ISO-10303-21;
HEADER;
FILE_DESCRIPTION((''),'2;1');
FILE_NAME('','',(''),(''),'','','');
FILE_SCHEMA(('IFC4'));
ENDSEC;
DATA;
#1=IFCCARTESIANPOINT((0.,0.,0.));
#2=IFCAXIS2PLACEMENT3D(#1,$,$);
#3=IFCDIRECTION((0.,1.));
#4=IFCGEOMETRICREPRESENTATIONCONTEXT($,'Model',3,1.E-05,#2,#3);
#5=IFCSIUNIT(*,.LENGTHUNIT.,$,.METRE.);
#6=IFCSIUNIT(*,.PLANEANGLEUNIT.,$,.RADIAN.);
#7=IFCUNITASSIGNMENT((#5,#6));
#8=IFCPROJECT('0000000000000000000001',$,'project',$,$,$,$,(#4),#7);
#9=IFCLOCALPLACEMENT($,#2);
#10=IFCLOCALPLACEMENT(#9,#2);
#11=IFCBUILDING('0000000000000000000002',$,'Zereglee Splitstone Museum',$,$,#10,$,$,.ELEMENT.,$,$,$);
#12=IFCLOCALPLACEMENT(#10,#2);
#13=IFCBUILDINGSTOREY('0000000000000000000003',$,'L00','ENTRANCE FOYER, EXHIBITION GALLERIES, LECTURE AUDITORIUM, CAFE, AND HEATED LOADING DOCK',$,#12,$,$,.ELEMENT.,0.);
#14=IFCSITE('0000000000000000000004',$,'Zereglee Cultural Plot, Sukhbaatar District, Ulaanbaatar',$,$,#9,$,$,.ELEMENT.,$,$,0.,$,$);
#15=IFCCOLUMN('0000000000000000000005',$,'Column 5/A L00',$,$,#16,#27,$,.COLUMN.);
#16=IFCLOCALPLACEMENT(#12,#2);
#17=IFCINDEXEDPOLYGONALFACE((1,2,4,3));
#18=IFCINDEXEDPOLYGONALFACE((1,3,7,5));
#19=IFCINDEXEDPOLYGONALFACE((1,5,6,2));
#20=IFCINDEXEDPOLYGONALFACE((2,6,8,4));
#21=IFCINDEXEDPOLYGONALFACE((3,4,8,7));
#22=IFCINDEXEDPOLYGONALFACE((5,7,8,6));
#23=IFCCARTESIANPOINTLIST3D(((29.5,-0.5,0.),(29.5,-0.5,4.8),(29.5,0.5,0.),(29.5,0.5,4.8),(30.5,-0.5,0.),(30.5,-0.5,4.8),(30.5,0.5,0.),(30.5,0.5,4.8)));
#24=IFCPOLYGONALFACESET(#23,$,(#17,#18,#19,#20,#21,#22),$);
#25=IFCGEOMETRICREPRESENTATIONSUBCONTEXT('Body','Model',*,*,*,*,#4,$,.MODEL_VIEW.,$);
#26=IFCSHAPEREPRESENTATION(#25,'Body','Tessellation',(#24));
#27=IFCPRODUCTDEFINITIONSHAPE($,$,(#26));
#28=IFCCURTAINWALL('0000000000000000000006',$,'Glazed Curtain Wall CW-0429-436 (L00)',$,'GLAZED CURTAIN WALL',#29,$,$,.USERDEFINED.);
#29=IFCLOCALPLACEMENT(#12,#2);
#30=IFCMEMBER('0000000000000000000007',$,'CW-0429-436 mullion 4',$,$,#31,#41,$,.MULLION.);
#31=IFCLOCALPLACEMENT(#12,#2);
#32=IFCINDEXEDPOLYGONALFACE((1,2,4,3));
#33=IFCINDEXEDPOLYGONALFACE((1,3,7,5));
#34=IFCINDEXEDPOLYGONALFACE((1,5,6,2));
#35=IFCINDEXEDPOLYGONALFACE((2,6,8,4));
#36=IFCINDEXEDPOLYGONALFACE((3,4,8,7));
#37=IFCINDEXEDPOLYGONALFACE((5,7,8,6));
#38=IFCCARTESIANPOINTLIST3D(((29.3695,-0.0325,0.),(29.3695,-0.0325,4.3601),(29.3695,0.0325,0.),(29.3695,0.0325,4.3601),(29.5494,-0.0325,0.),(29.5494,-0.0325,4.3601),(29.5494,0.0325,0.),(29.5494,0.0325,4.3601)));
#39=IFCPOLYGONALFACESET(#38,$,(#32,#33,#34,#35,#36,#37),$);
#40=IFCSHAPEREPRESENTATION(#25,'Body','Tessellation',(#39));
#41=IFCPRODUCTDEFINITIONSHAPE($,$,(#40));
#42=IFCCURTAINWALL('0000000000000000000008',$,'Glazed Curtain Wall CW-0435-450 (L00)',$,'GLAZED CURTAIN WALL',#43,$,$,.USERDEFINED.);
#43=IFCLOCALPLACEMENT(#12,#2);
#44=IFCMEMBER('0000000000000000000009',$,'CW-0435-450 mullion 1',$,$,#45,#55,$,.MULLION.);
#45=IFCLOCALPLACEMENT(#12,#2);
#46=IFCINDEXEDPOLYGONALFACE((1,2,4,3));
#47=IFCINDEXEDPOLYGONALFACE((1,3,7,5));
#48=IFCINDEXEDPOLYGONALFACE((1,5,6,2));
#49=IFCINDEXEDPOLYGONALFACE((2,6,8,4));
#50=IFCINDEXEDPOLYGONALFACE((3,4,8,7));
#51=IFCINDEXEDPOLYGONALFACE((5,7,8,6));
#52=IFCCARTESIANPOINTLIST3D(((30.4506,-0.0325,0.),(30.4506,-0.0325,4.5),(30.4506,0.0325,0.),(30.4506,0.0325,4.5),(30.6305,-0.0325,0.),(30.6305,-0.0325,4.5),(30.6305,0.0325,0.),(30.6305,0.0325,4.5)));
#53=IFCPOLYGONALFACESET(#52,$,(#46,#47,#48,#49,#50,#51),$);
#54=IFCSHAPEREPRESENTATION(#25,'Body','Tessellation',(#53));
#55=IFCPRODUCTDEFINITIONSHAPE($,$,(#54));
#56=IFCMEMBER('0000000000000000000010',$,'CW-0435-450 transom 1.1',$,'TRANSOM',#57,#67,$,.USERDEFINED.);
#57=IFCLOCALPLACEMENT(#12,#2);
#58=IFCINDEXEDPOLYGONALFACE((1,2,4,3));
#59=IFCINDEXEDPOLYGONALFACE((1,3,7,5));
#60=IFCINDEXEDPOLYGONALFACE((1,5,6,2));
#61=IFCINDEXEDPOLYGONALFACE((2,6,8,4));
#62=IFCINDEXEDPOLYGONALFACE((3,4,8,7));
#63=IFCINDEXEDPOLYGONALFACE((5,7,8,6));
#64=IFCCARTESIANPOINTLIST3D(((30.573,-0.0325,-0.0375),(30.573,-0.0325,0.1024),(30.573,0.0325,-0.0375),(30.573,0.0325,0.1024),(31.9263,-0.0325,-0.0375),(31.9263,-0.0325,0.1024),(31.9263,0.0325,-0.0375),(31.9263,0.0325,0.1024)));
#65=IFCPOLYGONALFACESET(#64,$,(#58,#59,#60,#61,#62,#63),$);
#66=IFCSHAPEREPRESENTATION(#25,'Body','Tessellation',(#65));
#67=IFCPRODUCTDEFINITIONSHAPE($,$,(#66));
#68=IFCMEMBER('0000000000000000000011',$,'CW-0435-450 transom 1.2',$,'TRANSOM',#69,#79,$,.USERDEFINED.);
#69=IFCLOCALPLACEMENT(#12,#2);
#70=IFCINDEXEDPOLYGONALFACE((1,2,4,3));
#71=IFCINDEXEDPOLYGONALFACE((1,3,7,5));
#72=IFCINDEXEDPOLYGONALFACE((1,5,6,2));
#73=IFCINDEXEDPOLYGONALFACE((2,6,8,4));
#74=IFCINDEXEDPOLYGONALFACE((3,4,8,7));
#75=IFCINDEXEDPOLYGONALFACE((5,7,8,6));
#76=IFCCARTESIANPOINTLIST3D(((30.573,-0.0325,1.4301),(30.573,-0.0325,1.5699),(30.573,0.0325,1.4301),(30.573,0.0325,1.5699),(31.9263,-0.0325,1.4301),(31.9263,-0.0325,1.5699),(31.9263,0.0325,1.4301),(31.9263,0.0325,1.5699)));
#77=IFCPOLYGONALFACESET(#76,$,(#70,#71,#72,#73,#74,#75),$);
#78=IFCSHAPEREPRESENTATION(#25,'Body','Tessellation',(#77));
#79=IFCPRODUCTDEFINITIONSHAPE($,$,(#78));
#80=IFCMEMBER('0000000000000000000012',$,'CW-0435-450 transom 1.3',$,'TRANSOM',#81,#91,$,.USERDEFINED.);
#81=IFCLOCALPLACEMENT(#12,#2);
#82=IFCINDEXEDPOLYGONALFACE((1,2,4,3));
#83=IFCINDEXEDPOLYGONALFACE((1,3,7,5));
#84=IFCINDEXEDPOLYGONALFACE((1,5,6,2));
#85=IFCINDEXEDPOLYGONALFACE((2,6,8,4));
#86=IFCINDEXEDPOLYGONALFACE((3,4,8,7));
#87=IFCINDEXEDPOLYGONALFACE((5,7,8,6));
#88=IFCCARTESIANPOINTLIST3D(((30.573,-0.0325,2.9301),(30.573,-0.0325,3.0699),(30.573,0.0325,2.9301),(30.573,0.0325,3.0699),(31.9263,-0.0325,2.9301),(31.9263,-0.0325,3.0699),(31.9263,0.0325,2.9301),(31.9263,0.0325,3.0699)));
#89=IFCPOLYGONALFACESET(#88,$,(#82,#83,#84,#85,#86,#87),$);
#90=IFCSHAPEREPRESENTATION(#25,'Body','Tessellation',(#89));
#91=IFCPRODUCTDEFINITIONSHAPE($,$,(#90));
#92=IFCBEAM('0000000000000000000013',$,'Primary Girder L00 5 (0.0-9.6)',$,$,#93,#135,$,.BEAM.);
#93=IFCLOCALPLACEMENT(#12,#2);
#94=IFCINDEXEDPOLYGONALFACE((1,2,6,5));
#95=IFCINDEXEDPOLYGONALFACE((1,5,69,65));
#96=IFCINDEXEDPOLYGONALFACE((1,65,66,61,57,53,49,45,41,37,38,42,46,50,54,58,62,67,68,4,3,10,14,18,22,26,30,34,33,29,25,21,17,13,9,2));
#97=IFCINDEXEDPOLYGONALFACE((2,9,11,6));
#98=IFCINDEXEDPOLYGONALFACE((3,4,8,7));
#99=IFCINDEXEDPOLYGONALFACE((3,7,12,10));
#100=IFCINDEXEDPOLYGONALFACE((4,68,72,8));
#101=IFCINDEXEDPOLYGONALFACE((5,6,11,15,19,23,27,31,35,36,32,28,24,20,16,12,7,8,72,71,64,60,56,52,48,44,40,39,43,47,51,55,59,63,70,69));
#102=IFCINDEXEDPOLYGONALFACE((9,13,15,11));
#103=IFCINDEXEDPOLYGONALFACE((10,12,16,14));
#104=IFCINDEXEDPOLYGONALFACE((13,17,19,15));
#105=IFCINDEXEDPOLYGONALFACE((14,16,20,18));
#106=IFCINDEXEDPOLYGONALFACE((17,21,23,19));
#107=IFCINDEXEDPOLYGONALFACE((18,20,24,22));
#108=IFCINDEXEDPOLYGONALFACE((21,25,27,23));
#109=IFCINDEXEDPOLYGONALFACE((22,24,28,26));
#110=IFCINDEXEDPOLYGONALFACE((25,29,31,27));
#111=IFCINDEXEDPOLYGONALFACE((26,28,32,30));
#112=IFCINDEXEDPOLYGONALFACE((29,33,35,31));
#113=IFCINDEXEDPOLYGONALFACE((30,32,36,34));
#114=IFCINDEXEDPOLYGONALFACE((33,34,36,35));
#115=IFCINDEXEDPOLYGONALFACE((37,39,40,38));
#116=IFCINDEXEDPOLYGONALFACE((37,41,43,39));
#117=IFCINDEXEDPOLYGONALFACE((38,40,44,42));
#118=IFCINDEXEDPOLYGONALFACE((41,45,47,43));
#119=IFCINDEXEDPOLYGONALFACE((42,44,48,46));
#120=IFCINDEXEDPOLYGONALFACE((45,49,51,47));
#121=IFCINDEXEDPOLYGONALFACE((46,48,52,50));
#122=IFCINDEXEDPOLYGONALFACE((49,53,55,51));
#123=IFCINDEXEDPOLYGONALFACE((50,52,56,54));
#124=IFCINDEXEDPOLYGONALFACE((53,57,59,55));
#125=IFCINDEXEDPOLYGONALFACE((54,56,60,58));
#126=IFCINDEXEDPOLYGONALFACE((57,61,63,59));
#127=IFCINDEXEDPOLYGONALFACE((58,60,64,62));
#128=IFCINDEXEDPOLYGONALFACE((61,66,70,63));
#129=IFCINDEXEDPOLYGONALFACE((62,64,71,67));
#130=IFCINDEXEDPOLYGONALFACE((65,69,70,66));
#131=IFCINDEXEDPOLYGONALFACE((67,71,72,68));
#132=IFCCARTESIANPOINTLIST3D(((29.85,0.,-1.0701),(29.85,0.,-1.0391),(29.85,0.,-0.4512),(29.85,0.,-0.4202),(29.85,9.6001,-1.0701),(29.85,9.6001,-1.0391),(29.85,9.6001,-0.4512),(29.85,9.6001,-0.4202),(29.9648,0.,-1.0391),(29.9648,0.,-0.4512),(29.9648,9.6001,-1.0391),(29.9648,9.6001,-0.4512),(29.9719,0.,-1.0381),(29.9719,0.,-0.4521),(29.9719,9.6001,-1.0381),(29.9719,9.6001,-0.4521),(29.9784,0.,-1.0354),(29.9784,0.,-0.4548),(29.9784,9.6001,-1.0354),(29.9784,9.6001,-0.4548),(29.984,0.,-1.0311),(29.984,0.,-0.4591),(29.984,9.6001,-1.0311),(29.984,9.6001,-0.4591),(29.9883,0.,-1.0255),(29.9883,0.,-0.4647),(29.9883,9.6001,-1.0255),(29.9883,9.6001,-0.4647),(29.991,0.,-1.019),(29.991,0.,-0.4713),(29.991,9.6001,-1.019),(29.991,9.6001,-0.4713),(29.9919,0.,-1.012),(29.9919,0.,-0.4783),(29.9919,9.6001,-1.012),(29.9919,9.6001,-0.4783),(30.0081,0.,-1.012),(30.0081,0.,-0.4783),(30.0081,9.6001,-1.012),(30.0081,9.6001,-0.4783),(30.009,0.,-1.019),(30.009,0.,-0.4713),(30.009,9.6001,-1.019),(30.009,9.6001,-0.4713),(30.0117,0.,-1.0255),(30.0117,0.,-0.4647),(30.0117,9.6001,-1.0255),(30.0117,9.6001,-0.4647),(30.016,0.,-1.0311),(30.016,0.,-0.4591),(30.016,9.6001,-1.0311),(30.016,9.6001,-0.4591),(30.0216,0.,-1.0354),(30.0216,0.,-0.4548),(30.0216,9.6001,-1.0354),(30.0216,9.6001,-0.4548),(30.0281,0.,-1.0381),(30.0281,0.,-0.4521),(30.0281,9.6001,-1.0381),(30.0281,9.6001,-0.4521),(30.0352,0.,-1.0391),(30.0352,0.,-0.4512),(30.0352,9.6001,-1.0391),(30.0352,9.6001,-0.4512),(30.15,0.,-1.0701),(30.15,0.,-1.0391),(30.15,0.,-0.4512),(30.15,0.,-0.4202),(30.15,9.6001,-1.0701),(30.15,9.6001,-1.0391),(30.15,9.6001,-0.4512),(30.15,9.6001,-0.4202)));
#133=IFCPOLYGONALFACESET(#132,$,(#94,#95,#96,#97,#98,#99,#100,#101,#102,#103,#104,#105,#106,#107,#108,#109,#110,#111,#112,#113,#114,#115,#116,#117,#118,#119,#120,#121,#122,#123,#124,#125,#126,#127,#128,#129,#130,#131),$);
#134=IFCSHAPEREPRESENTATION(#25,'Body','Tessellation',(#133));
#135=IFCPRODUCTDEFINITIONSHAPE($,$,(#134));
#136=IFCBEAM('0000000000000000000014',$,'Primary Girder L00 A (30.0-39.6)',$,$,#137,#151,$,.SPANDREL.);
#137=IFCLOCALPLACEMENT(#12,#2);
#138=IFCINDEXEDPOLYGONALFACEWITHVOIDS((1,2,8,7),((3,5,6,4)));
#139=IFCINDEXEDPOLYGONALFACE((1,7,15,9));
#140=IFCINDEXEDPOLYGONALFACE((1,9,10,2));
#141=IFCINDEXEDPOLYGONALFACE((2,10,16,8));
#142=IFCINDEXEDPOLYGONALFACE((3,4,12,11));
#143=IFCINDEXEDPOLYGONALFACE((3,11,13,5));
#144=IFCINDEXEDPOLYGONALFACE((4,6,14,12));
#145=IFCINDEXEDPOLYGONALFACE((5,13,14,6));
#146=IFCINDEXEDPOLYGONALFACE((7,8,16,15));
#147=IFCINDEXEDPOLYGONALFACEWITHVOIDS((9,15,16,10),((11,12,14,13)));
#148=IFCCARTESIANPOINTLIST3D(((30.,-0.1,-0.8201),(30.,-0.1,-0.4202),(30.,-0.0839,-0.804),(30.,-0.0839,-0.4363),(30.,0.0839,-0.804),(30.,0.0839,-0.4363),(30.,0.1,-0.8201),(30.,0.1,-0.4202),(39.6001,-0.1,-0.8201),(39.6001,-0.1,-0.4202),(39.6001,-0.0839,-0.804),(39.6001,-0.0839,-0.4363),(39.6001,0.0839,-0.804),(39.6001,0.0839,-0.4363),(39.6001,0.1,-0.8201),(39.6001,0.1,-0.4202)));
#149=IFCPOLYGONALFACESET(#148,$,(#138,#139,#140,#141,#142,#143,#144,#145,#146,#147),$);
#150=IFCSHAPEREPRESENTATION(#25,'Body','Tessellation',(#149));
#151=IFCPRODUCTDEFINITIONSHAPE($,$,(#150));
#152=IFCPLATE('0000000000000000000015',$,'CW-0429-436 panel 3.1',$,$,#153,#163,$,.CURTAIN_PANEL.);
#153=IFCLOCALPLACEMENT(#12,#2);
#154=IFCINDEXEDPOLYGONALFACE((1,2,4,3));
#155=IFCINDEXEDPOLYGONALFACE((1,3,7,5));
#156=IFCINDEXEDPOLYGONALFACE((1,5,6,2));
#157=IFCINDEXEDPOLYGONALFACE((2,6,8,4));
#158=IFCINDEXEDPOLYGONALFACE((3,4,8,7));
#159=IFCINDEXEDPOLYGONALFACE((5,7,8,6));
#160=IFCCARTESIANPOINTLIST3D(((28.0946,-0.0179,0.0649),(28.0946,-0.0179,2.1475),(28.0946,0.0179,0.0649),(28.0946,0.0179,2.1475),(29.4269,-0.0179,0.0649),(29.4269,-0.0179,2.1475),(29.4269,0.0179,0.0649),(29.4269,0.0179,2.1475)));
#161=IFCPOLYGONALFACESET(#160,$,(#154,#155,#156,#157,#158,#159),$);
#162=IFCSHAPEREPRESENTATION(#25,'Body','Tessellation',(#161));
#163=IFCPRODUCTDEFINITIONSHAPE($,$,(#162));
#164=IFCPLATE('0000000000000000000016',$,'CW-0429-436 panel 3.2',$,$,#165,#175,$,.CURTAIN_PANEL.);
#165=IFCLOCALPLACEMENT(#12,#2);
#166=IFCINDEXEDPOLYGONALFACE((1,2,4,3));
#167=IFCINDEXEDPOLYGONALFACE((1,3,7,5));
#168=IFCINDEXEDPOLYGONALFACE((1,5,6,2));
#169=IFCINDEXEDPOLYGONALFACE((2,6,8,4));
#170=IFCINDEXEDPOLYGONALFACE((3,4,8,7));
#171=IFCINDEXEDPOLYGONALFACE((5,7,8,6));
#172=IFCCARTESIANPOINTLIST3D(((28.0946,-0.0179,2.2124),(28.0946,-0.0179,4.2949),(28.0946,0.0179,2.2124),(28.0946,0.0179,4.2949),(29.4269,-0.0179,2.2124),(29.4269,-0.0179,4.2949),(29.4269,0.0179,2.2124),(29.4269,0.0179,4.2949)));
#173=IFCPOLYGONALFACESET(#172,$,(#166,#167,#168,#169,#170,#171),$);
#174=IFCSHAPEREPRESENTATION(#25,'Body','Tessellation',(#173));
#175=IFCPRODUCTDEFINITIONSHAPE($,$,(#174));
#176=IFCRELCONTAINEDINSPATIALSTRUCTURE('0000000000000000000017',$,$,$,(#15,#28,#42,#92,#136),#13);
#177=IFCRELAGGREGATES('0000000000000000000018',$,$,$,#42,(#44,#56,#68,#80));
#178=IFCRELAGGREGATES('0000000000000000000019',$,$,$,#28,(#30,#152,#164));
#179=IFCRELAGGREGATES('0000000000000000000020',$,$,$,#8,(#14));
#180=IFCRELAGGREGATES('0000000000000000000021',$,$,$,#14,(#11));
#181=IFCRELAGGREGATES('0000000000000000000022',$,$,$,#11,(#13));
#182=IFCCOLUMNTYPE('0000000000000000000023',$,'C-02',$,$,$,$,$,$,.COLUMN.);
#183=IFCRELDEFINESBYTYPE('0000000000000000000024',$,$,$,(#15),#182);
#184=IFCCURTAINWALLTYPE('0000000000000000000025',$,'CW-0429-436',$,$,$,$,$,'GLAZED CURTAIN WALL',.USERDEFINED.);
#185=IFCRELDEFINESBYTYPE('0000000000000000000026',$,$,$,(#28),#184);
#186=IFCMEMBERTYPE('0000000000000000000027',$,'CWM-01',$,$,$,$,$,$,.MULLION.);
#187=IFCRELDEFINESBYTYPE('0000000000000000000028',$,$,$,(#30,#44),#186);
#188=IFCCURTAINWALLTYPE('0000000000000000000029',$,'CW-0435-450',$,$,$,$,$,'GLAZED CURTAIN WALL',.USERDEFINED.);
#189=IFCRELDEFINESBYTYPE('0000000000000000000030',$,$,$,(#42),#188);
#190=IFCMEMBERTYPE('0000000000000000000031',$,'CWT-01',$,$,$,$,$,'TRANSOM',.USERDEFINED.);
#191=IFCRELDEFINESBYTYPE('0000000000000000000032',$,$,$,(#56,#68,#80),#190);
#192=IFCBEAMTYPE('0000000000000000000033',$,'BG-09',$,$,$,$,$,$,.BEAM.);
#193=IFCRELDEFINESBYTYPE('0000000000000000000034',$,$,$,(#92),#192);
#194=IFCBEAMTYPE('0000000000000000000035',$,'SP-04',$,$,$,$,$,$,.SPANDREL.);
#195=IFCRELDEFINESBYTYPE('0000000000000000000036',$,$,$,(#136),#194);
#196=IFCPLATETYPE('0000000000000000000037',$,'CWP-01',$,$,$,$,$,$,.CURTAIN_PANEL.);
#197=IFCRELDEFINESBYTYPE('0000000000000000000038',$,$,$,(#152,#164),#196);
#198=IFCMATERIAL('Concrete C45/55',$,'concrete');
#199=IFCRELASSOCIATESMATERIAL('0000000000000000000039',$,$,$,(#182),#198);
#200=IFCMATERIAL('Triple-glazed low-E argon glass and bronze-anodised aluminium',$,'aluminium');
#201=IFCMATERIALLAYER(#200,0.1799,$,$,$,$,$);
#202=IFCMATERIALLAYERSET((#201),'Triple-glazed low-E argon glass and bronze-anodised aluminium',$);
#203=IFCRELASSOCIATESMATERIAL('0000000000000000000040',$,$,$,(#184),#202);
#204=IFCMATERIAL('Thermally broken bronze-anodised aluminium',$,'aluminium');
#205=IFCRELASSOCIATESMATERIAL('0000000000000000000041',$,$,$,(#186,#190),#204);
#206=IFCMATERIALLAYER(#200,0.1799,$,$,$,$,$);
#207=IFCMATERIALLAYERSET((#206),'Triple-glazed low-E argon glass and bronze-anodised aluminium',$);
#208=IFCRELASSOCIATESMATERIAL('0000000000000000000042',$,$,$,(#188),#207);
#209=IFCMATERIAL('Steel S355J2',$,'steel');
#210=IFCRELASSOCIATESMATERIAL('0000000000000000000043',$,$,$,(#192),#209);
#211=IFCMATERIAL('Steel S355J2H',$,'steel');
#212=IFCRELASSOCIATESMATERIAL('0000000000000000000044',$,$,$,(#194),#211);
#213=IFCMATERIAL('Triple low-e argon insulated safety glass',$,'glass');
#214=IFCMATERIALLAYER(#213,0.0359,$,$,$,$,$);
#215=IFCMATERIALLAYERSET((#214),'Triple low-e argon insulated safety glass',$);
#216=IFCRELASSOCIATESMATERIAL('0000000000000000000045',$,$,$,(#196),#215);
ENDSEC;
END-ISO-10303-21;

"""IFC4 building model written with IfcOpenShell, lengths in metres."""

from ifc_helpers import new_model, si_unit, direction, frame, origin, origin_2d, place, context, subcontext, project, spatial, rectangle, hollow_rectangle, i_section, extrude, material, layer, layer_set, material_profile, profile_set, type_object, element, aggregate, save


model = new_model("IFC4")

# Units and contexts
model_context = context("Model", 3, precision=1e-05, world=origin(), true_north=direction((0.0, 1.0)))
body_context = subcontext(model_context, "Body", "Model", "MODEL_VIEW")
ifc_project = project(units=[si_unit("LENGTHUNIT", "METRE"), si_unit("PLANEANGLEUNIT", "RADIAN")], contexts=[model_context])

# Site, building, storey
site_placement = place(None, origin())
site = spatial("IfcSite", under=ifc_project, at=site_placement, Name="Zereglee Cultural Plot, Sukhbaatar District, Ulaanbaatar", CompositionType="ELEMENT", RefElevation=0.0)
building_placement = place(site_placement, origin())
building = spatial("IfcBuilding", under=site, at=building_placement, Name="Zereglee Splitstone Museum", CompositionType="ELEMENT")
storey_placement = place(building_placement, origin())
storey = spatial("IfcBuildingStorey", under=building, at=storey_placement, Name="L00", Description="ENTRANCE FOYER, EXHIBITION GALLERIES, LECTURE AUDITORIUM, CAFE, AND HEATED LOADING DOCK", CompositionType="ELEMENT", Elevation=0.0)

# Column
ifc_material_1 = material(Name="Concrete C45/55", Category="concrete")
ifc_material_profile_1 = material_profile(ifc_material_1, rectangle(XDim=1.0, YDim=1.0, at=origin_2d()), Name="RC 1000x1000")
ifc_profile_set_1 = profile_set([ifc_material_profile_1], Name="Concrete C45/55")
column_type = type_object("IfcColumnType", Name="C-02", PredefinedType="COLUMN", material=ifc_profile_set_1)
column_placement = place(storey_placement, frame((30.0, 0.0, 0.0), z_axis=(0.0, 0.0, 1.0), x_axis=(1.0, 0.0, 0.0)))
element("IfcColumn", 1, at=column_placement, inside=storey, type_object=column_type, Name="Column 5/A L00", PredefinedType="COLUMN", context=body_context, shape_type="SweptSolid", body=[
    extrude(rectangle(XDim=1.0, YDim=1.0, at=origin_2d()), origin(), (0.0, 0.0, 1.0), 4.8),
])

# Curtain wall, member
ifc_material_2 = material(Name="Triple-glazed low-E argon glass and bronze-anodised aluminium", Category="aluminium")
ifc_layer_1 = layer(ifc_material_2, 0.1799)
ifc_layer_set_1 = layer_set([ifc_layer_1], Name="Triple-glazed low-E argon glass and bronze-anodised aluminium")
curtain_wall_type_1 = type_object("IfcCurtainWallType", Name="CW-0429-436", ElementType="GLAZED CURTAIN WALL", PredefinedType="USERDEFINED", material=ifc_layer_set_1)
curtain_wall_1_placement = place(storey_placement, origin())
curtain_wall_1 = element("IfcCurtainWall", 2, at=curtain_wall_1_placement, inside=storey, type_object=curtain_wall_type_1, Name="Glazed Curtain Wall CW-0429-436 (L00)", ObjectType="GLAZED CURTAIN WALL", PredefinedType="USERDEFINED")
ifc_material_3 = material(Name="Thermally broken bronze-anodised aluminium", Category="aluminium")
ifc_material_profile_2 = material_profile(ifc_material_3, rectangle(XDim=0.0649, YDim=0.1799, at=origin_2d()), Name="CW MULL 65x180")
ifc_profile_set_2 = profile_set([ifc_material_profile_2], Name="Thermally broken bronze-anodised aluminium")
member_type_1 = type_object("IfcMemberType", Name="CWM-01", PredefinedType="MULLION", material=ifc_profile_set_2)
member_1_placement = place(storey_placement, frame((29.4595, 0.0, 0.0), z_axis=(0.0, 0.0, 1.0), x_axis=(0.0, 1.0, 0.0)))
member_1 = element("IfcMember", 3, at=member_1_placement, type_object=member_type_1, Name="CW-0429-436 mullion 4", PredefinedType="MULLION", context=body_context, shape_type="SweptSolid", body=[
    extrude(rectangle(XDim=0.0649, YDim=0.1799, at=origin_2d()), origin(), (0.0, 0.0, 1.0), 4.3601),
])

# Curtain wall, members
ifc_layer_2 = layer(ifc_material_2, 0.1799)
ifc_layer_set_2 = layer_set([ifc_layer_2], Name="Triple-glazed low-E argon glass and bronze-anodised aluminium")
curtain_wall_type_2 = type_object("IfcCurtainWallType", Name="CW-0435-450", ElementType="GLAZED CURTAIN WALL", PredefinedType="USERDEFINED", material=ifc_layer_set_2)
curtain_wall_2_placement = place(storey_placement, origin())
curtain_wall_2 = element("IfcCurtainWall", 4, at=curtain_wall_2_placement, inside=storey, type_object=curtain_wall_type_2, Name="Glazed Curtain Wall CW-0435-450 (L00)", ObjectType="GLAZED CURTAIN WALL", PredefinedType="USERDEFINED")
member_2_placement = place(storey_placement, frame((30.5405, 0.0, 0.0), z_axis=(0.0, 0.0, 1.0), x_axis=(0.0, 1.0, 0.0)))
member_2 = element("IfcMember", 5, at=member_2_placement, type_object=member_type_1, Name="CW-0435-450 mullion 1", PredefinedType="MULLION", context=body_context, shape_type="SweptSolid", body=[
    extrude(rectangle(XDim=0.0649, YDim=0.1799, at=origin_2d()), origin(), (0.0, 0.0, 1.0), 4.5),
])
ifc_material_profile_3 = material_profile(ifc_material_3, rectangle(XDim=0.0649, YDim=0.1399, at=origin_2d()), Name="CW TRAN 65x140")
ifc_profile_set_3 = profile_set([ifc_material_profile_3], Name="Thermally broken bronze-anodised aluminium")
member_type_2 = type_object("IfcMemberType", Name="CWT-01", ElementType="TRANSOM", PredefinedType="USERDEFINED", material=ifc_profile_set_3)
member_3_placement = place(storey_placement, frame((30.573, 0.0, 0.0325), z_axis=(1.0, 0.0, 0.0), x_axis=(0.0, 1.0, 0.0)))
member_3 = element("IfcMember", 6, at=member_3_placement, type_object=member_type_2, Name="CW-0435-450 transom 1.1", ObjectType="TRANSOM", PredefinedType="USERDEFINED", context=body_context, shape_type="SweptSolid", body=[
    extrude(rectangle(XDim=0.0649, YDim=0.1399, at=origin_2d()), origin(), (0.0, 0.0, 1.0), 1.3533),
])
member_4_placement = place(storey_placement, frame((30.573, 0.0, 1.5), z_axis=(1.0, 0.0, 0.0), x_axis=(0.0, 1.0, 0.0)))
member_4 = element("IfcMember", 7, at=member_4_placement, type_object=member_type_2, Name="CW-0435-450 transom 1.2", ObjectType="TRANSOM", PredefinedType="USERDEFINED", context=body_context, shape_type="SweptSolid", body=[
    extrude(rectangle(XDim=0.0649, YDim=0.1399, at=origin_2d()), origin(), (0.0, 0.0, 1.0), 1.3533),
])
member_5_placement = place(storey_placement, frame((30.573, 0.0, 3.0), z_axis=(1.0, 0.0, 0.0), x_axis=(0.0, 1.0, 0.0)))
member_5 = element("IfcMember", 8, at=member_5_placement, type_object=member_type_2, Name="CW-0435-450 transom 1.3", ObjectType="TRANSOM", PredefinedType="USERDEFINED", context=body_context, shape_type="SweptSolid", body=[
    extrude(rectangle(XDim=0.0649, YDim=0.1399, at=origin_2d()), origin(), (0.0, 0.0, 1.0), 1.3533),
])
aggregate(curtain_wall_2, [member_2, member_3, member_4, member_5])

# Beams
ifc_material_4 = material(Name="Steel S355J2", Category="steel")
ifc_material_profile_4 = material_profile(ifc_material_4, i_section(OverallWidth=0.3, OverallDepth=0.6499, WebThickness=0.0161, FlangeThickness=0.031, FilletRadius=0.0271, at=origin_2d()), Name="HE 650 B")
ifc_profile_set_4 = profile_set([ifc_material_profile_4], Name="Steel S355J2")
beam_type_1 = type_object("IfcBeamType", Name="BG-09", PredefinedType="BEAM", material=ifc_profile_set_4)
beam_1_placement = place(storey_placement, frame((30.0, 0.0, -0.7451), z_axis=(0.0, 1.0, 0.0), x_axis=(-1.0, 0.0, 0.0)))
element("IfcBeam", 9, at=beam_1_placement, inside=storey, type_object=beam_type_1, Name="Primary Girder L00 5 (0.0-9.6)", PredefinedType="BEAM", context=body_context, shape_type="SweptSolid", body=[
    extrude(i_section(OverallWidth=0.3, OverallDepth=0.6499, WebThickness=0.0161, FlangeThickness=0.031, FilletRadius=0.0271, at=origin_2d()), origin(), (0.0, 0.0, 1.0), 9.6001),
])
ifc_material_5 = material(Name="Steel S355J2H", Category="steel")
ifc_material_profile_5 = material_profile(ifc_material_5, hollow_rectangle(XDim=0.2, YDim=0.3999, WallThickness=0.0161, at=origin_2d()), Name="RHS 400x200x16")
ifc_profile_set_5 = profile_set([ifc_material_profile_5], Name="Steel S355J2H")
beam_type_2 = type_object("IfcBeamType", Name="SP-04", PredefinedType="SPANDREL", material=ifc_profile_set_5)
beam_2_placement = place(storey_placement, frame((30.0, 0.0, -0.6201), z_axis=(1.0, 0.0, 0.0), x_axis=(0.0, 1.0, 0.0)))
element("IfcBeam", 10, at=beam_2_placement, inside=storey, type_object=beam_type_2, Name="Primary Girder L00 A (30.0-39.6)", PredefinedType="SPANDREL", context=body_context, shape_type="SweptSolid", body=[
    extrude(hollow_rectangle(XDim=0.2, YDim=0.3999, WallThickness=0.0161, at=origin_2d()), origin(), (0.0, 0.0, 1.0), 9.6001),
])

# Plates
ifc_material_6 = material(Name="Triple low-e argon insulated safety glass", Category="glass")
ifc_layer_3 = layer(ifc_material_6, 0.0359)
ifc_layer_set_3 = layer_set([ifc_layer_3], Name="Triple low-e argon insulated safety glass")
plate_type = type_object("IfcPlateType", Name="CWP-01", PredefinedType="CURTAIN_PANEL", material=ifc_layer_set_3)
plate_1_placement = place(storey_placement, frame((28.7607, 0.0, 0.0649), z_axis=(0.0, 0.0, 1.0), x_axis=(1.0, 0.0, 0.0)))
plate_1 = element("IfcPlate", 11, at=plate_1_placement, type_object=plate_type, Name="CW-0429-436 panel 3.1", PredefinedType="CURTAIN_PANEL", context=body_context, shape_type="SweptSolid", body=[
    extrude(rectangle(XDim=1.3323, YDim=0.0359, at=origin_2d()), origin(), (0.0, 0.0, 1.0), 2.0825),
])
plate_2_placement = place(storey_placement, frame((28.7607, 0.0, 2.2124), z_axis=(0.0, 0.0, 1.0), x_axis=(1.0, 0.0, 0.0)))
plate_2 = element("IfcPlate", 12, at=plate_2_placement, type_object=plate_type, Name="CW-0429-436 panel 3.2", PredefinedType="CURTAIN_PANEL", context=body_context, shape_type="SweptSolid", body=[
    extrude(rectangle(XDim=1.3323, YDim=0.0359, at=origin_2d()), origin(), (0.0, 0.0, 1.0), 2.0825),
])
aggregate(curtain_wall_1, [member_1, plate_1, plate_2])

save(model, "model.ifc")
